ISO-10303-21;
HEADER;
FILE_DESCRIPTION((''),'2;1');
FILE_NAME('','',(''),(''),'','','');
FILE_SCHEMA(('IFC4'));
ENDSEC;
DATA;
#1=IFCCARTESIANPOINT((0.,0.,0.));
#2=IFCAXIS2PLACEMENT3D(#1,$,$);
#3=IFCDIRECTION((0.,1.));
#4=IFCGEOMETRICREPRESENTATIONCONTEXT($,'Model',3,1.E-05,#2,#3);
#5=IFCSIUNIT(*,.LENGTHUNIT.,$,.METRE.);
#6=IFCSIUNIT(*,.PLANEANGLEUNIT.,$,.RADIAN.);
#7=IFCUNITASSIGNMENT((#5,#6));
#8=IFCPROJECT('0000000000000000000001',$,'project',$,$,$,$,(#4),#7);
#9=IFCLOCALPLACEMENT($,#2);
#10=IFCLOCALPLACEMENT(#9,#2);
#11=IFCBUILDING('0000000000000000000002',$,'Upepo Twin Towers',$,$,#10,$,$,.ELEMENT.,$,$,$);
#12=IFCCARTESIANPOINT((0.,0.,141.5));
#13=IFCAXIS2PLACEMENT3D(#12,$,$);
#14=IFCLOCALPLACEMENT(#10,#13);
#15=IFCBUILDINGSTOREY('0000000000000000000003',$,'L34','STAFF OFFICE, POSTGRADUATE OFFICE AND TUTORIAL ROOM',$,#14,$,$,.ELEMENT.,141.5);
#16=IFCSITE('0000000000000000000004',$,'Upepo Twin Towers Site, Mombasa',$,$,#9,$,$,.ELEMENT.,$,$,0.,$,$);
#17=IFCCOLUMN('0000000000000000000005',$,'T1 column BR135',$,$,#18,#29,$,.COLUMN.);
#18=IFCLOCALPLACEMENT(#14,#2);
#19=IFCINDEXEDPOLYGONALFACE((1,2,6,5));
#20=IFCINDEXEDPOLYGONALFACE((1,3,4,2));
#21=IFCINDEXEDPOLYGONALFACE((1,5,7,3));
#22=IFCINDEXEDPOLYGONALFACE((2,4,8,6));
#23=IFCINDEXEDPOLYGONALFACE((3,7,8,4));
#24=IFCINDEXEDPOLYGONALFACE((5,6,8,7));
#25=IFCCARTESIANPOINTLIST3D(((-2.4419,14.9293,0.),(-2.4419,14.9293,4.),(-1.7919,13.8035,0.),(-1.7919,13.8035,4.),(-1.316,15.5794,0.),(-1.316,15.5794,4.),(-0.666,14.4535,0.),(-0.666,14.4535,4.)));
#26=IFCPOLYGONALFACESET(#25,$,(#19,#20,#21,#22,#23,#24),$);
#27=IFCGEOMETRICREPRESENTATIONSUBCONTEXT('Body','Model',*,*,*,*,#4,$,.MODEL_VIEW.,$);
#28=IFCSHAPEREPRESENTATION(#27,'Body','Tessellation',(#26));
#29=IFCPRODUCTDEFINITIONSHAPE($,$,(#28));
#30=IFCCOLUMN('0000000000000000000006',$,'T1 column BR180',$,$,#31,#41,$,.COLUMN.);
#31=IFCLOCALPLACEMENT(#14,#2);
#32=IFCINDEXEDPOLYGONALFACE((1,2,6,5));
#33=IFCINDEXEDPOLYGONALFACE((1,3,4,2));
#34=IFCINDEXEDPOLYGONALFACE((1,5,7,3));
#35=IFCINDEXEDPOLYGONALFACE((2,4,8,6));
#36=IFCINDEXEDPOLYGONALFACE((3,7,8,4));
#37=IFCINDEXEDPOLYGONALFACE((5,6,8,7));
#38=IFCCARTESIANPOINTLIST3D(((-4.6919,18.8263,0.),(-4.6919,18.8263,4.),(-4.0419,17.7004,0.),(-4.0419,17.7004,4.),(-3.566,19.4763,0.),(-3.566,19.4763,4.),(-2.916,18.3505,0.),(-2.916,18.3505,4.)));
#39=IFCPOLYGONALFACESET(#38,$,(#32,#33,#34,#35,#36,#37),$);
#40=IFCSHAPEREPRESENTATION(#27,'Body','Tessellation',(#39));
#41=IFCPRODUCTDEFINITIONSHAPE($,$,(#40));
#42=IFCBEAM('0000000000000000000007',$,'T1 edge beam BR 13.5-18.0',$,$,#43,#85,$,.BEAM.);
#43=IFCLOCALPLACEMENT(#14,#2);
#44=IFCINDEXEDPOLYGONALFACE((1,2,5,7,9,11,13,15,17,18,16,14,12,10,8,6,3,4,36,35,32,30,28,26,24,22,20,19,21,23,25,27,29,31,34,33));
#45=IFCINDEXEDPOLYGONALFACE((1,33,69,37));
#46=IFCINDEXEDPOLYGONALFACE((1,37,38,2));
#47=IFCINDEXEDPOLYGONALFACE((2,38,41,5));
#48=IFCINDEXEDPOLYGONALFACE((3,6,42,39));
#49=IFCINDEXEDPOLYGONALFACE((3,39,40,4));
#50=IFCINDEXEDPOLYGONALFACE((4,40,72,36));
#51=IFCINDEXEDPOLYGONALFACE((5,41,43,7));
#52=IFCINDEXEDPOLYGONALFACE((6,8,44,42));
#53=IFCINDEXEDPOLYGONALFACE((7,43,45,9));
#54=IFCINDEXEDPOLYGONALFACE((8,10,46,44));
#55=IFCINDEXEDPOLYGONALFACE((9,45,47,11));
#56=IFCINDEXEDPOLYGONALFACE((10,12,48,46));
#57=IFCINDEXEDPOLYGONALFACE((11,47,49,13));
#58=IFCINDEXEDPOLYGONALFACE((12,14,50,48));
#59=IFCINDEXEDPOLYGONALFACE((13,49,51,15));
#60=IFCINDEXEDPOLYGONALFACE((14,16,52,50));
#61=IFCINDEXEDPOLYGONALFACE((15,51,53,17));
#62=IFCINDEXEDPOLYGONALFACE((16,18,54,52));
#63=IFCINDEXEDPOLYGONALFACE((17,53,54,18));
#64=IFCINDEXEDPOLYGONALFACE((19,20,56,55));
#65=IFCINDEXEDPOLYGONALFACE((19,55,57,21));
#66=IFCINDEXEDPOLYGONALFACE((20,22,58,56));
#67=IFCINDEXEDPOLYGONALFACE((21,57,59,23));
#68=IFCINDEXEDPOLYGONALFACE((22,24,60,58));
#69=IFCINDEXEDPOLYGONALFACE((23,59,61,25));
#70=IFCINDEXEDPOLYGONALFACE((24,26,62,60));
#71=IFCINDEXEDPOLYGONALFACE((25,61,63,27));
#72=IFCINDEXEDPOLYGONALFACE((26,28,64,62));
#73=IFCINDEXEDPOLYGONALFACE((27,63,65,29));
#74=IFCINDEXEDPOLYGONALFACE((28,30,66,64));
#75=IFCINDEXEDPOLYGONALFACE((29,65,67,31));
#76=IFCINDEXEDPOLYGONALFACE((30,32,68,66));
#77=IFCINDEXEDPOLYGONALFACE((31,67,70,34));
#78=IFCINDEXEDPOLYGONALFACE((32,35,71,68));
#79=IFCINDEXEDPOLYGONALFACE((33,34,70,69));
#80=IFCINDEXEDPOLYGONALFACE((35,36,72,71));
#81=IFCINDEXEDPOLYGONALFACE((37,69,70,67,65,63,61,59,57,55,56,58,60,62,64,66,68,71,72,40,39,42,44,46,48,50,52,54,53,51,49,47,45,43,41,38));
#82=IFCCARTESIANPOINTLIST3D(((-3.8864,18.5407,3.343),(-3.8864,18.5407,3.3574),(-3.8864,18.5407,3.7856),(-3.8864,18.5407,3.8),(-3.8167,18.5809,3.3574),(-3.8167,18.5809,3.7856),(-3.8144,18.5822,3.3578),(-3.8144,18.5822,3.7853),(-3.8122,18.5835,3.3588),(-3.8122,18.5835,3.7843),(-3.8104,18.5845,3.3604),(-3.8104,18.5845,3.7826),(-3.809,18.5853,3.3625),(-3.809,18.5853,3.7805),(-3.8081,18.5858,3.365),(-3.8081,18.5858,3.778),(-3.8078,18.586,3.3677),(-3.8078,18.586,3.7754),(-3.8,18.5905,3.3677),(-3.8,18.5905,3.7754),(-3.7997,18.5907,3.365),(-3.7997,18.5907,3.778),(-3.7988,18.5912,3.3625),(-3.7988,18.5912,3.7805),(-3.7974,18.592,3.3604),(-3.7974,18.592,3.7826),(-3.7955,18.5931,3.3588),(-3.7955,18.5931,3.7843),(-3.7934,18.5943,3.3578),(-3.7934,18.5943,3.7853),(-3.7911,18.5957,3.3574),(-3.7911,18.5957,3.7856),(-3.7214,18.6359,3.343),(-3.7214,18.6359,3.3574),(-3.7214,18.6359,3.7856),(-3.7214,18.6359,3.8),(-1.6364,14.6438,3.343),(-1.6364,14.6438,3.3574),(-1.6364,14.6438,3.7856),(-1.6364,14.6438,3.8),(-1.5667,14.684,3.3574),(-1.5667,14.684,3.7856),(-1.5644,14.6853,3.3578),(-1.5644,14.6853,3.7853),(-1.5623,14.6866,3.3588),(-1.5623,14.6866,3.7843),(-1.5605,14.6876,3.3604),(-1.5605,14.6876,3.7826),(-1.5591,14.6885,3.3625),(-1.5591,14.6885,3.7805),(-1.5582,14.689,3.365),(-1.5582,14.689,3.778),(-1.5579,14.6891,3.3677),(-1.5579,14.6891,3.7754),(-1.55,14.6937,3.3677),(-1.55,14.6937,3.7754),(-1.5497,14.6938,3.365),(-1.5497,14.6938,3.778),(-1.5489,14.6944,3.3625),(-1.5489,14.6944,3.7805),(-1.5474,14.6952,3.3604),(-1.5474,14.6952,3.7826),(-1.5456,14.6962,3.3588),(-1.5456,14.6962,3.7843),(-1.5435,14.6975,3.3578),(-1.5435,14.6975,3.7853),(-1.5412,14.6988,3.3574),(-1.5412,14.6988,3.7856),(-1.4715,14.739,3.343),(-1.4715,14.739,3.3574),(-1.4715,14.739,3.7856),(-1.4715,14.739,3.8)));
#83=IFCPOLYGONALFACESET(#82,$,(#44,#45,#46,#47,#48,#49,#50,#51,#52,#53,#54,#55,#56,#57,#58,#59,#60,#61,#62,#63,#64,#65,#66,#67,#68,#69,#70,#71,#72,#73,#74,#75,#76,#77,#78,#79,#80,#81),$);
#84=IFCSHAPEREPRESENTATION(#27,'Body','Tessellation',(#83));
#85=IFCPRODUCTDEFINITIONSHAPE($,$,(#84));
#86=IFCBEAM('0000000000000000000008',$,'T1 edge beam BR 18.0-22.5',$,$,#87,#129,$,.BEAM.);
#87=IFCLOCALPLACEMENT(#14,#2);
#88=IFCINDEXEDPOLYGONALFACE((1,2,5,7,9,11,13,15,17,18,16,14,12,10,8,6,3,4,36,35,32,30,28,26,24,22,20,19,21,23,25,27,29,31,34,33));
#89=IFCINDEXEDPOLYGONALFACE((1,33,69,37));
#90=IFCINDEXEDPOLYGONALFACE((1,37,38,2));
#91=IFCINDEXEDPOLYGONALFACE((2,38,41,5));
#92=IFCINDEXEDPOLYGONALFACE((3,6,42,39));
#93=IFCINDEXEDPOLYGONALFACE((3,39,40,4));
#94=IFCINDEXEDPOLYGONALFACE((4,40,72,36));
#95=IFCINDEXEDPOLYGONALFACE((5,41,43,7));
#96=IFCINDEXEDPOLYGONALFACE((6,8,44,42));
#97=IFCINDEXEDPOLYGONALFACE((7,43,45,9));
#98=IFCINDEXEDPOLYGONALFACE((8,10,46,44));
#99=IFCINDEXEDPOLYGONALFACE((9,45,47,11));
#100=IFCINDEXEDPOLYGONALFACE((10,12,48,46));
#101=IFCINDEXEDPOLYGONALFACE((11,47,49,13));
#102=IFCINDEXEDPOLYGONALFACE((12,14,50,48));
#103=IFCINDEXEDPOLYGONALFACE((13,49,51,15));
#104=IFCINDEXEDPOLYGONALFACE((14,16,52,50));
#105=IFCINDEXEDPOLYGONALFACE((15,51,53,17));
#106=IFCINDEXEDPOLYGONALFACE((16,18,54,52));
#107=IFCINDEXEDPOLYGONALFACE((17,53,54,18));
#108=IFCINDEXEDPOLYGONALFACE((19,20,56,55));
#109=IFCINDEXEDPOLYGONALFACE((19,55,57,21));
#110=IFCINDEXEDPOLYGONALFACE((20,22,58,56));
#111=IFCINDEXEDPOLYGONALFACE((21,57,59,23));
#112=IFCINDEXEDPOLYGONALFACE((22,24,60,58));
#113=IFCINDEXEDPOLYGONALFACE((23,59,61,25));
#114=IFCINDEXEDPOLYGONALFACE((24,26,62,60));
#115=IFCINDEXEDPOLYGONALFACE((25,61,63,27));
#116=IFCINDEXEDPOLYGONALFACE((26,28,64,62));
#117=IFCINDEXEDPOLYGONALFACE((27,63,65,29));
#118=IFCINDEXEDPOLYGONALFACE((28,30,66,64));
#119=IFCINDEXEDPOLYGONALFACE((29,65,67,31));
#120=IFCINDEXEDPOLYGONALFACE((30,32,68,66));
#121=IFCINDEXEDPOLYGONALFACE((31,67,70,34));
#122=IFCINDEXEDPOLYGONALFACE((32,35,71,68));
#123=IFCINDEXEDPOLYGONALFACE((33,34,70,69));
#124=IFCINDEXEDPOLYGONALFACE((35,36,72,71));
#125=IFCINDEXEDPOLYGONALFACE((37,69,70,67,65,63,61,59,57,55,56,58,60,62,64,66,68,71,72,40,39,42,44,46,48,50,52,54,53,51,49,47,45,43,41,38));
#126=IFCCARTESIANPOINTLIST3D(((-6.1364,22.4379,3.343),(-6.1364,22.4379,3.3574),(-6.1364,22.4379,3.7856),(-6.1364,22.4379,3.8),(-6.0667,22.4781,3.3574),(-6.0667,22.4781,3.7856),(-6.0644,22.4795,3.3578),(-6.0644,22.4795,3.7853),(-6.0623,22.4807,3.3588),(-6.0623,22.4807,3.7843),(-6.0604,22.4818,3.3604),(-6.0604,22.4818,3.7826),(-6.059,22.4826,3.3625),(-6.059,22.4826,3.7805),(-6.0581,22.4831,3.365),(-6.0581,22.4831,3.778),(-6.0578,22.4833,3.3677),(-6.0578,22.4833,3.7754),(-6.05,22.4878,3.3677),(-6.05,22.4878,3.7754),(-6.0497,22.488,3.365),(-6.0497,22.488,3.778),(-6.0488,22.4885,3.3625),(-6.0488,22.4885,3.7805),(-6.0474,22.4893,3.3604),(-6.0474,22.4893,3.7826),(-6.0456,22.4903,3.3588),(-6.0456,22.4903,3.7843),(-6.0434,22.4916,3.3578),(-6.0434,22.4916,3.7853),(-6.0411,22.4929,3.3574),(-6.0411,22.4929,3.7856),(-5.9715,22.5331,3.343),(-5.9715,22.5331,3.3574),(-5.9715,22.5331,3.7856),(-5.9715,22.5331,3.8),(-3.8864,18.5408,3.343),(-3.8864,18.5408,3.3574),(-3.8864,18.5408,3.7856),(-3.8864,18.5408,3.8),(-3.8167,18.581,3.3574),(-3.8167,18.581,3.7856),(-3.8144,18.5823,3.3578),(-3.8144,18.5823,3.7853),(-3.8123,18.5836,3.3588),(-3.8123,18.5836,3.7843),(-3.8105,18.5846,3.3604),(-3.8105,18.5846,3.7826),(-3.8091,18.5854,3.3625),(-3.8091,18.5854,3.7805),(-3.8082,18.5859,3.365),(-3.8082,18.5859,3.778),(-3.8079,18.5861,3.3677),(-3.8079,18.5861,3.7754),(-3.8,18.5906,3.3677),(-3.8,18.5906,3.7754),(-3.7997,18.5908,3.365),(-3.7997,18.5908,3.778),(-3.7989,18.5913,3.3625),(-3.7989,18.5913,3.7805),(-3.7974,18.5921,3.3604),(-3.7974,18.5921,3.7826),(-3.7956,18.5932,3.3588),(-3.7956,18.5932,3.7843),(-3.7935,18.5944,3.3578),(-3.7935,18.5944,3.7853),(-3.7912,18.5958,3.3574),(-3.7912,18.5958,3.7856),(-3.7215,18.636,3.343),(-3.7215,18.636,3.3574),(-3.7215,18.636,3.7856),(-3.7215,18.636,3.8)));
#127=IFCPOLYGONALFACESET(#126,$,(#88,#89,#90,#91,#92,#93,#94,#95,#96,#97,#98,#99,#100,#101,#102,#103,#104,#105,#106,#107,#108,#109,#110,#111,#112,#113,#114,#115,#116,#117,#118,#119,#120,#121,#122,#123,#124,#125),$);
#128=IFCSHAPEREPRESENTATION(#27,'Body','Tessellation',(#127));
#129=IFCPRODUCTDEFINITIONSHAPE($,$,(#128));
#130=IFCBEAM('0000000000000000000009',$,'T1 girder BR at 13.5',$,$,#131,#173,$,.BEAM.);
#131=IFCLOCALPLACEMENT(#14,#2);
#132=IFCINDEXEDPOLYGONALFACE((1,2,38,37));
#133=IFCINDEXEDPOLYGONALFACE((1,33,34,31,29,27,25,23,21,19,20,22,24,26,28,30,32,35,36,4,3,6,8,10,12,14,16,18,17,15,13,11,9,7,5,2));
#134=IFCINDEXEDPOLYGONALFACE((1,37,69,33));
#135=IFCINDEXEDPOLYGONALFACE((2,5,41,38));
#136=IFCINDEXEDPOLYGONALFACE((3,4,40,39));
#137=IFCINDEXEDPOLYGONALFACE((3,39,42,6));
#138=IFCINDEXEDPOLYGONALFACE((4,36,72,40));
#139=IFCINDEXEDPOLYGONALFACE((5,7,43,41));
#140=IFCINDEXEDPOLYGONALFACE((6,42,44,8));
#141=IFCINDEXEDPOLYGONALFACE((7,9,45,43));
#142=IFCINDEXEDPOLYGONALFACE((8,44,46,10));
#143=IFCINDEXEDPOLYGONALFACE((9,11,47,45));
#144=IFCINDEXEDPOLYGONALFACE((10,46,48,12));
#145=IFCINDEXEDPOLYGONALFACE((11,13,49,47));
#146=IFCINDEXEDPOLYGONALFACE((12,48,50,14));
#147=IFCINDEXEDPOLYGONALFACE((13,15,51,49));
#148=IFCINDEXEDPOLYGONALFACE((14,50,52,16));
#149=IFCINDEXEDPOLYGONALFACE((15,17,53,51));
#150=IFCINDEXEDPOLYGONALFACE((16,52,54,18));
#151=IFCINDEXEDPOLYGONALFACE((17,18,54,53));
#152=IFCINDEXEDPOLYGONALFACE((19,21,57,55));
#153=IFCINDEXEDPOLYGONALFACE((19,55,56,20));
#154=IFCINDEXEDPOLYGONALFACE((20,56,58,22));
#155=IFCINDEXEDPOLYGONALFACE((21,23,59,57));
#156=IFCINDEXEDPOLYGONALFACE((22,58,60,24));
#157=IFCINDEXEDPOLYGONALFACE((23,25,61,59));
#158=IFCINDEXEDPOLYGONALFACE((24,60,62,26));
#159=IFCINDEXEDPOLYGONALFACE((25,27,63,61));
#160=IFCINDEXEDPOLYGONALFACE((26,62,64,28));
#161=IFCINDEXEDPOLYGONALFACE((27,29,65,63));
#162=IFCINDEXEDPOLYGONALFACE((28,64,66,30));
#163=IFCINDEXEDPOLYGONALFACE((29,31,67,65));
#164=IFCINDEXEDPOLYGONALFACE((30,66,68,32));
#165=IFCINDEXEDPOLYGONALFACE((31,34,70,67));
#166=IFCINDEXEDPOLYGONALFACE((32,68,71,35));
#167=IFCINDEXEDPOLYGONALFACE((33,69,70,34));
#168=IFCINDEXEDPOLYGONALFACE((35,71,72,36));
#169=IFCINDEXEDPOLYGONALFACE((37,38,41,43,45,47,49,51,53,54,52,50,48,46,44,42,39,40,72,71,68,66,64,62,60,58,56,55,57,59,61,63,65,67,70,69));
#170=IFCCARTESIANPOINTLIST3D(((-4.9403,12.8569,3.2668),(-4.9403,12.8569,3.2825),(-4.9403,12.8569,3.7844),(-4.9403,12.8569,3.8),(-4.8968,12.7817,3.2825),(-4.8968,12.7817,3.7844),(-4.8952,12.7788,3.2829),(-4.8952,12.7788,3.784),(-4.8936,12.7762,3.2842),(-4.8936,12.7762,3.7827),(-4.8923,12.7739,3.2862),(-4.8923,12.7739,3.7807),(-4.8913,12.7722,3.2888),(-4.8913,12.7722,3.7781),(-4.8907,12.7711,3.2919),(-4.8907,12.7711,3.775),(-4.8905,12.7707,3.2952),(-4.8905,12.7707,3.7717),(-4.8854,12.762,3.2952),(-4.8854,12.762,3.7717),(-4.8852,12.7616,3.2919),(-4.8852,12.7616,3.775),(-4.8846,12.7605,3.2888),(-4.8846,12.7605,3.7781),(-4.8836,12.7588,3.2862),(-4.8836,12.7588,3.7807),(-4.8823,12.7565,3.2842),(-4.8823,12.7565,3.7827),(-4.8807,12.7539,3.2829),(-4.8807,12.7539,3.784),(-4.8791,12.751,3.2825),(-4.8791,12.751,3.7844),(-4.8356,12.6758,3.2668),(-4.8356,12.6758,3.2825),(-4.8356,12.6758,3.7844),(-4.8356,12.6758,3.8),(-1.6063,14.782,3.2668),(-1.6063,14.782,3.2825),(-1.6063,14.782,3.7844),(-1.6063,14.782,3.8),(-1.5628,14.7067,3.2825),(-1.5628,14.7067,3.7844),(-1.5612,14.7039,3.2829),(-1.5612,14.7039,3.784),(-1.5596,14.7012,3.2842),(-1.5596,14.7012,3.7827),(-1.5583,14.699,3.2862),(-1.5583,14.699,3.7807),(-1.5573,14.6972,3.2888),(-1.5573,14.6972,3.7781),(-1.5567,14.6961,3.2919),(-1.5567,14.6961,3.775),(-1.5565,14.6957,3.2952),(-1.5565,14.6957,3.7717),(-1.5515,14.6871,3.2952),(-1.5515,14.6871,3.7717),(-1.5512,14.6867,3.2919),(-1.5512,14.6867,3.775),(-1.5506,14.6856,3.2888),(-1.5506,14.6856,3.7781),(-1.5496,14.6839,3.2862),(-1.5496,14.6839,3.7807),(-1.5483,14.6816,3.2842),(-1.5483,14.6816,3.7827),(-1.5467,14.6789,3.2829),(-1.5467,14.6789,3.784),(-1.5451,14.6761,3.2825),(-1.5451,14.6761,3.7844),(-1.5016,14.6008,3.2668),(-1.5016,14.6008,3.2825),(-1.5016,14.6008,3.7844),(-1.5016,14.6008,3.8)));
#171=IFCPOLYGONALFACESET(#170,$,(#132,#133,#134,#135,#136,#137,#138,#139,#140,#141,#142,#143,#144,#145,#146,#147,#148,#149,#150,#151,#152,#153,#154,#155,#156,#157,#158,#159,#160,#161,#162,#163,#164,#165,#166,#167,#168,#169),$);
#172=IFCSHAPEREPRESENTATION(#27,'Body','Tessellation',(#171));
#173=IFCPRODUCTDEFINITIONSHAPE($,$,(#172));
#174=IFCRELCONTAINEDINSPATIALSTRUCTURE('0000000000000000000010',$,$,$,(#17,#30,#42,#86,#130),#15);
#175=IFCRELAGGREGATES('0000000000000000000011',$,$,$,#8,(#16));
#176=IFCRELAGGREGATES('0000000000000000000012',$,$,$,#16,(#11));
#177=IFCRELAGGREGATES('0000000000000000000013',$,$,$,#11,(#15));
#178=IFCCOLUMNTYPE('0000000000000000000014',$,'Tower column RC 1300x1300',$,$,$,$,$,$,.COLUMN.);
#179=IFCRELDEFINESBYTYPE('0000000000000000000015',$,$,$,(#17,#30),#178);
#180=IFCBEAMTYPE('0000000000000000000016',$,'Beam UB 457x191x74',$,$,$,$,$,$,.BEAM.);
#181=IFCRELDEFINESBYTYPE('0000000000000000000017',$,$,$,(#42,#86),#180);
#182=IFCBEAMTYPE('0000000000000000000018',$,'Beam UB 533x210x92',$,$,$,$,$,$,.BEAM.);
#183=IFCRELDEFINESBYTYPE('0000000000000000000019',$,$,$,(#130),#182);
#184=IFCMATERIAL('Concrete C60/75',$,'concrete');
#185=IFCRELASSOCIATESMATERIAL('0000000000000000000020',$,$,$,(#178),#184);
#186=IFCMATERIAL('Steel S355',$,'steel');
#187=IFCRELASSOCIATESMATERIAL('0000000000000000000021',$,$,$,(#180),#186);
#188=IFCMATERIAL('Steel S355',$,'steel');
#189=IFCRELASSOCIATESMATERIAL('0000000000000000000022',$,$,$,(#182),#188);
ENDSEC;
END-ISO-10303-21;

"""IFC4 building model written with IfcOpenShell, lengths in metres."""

from ifc_helpers import new_model, si_unit, direction, frame, origin, origin_2d, place, context, subcontext, project, spatial, rectangle, i_section, extrude, material, material_profile, profile_set, type_object, element, save


model = new_model("IFC4")

# Units and contexts
model_context = context("Model", 3, precision=1e-05, world=origin(), true_north=direction((0.0, 1.0)))
body_context = subcontext(model_context, "Body", "Model", "MODEL_VIEW")
ifc_project = project(units=[si_unit("LENGTHUNIT", "METRE"), si_unit("PLANEANGLEUNIT", "RADIAN")], contexts=[model_context])

# Site, building, storey
site_placement = place(None, origin())
site = spatial("IfcSite", under=ifc_project, at=site_placement, Name="Upepo Twin Towers Site, Mombasa", CompositionType="ELEMENT", RefElevation=0.0)
building_placement = place(site_placement, origin())
building = spatial("IfcBuilding", under=site, at=building_placement, Name="Upepo Twin Towers", CompositionType="ELEMENT")
storey_placement = place(building_placement, frame((0.0, 0.0, 141.5)))
storey = spatial("IfcBuildingStorey", under=building, at=storey_placement, Name="L34", Description="STAFF OFFICE, POSTGRADUATE OFFICE AND TUTORIAL ROOM", CompositionType="ELEMENT", Elevation=141.5)

# Columns
ifc_material_1 = material(Name="Concrete C60/75", Category="concrete")
ifc_material_profile_1 = material_profile(ifc_material_1, rectangle(XDim=1.3, YDim=1.3, at=origin_2d()), Name="RC 1300x1300")
ifc_profile_set_1 = profile_set([ifc_material_profile_1], Name="Concrete C60/75")
column_type = type_object("IfcColumnType", Name="Tower column RC 1300x1300", PredefinedType="COLUMN", material=ifc_profile_set_1)
for number, where, z_axis, x_axis, name in (
    (1, (-1.554, 14.6914, 0.0), (0.0, 0.0, 1.0), (0.866025, 0.5, 0.0), "T1 column BR135"),
    (2, (-3.804, 18.5884, 0.0), (0.0, 0.0, 1.0), (0.866025, 0.5, 0.0), "T1 column BR180"),
):
    element("IfcColumn", number, at=place(storey_placement, frame(where, z_axis=z_axis, x_axis=x_axis)), inside=storey, type_object=column_type, Name=name, PredefinedType="COLUMN", context=body_context, shape_type="SweptSolid", body=[
        extrude(rectangle(XDim=1.3, YDim=1.3, at=origin_2d()), origin(), (0.0, 0.0, 1.0), 4.0),
    ])

# Beams
ifc_material_2 = material(Name="Steel S355", Category="steel")
ifc_material_profile_2 = material_profile(ifc_material_2, i_section(OverallWidth=0.1904, OverallDepth=0.457, WebThickness=0.009, FlangeThickness=0.0144, FilletRadius=0.0103, at=origin_2d()), Name="UB 457x191x74")
ifc_profile_set_2 = profile_set([ifc_material_profile_2], Name="Steel S355")
beam_type_1 = type_object("IfcBeamType", Name="Beam UB 457x191x74", PredefinedType="BEAM", material=ifc_profile_set_2)
beam_1_placement = place(storey_placement, frame((-1.554, 14.6914, 3.5715), z_axis=(-0.500014, 0.866018, 0.0), x_axis=(-0.866018, -0.500014, 0.0)))
element("IfcBeam", 3, at=beam_1_placement, inside=storey, type_object=beam_type_1, Name="T1 edge beam BR 13.5-18.0", PredefinedType="BEAM", context=body_context, shape_type="SweptSolid", body=[
    extrude(i_section(OverallWidth=0.1904, OverallDepth=0.457, WebThickness=0.009, FlangeThickness=0.0144, FilletRadius=0.0103, at=origin_2d()), origin(), (0.0, 0.0, 1.0), 4.4998),
])
beam_2_placement = place(storey_placement, frame((-3.804, 18.5884, 3.5715), z_axis=(-0.49999, 0.866031, 0.0), x_axis=(-0.866031, -0.49999, 0.0)))
element("IfcBeam", 4, at=beam_2_placement, inside=storey, type_object=beam_type_1, Name="T1 edge beam BR 18.0-22.5", PredefinedType="BEAM", context=body_context, shape_type="SweptSolid", body=[
    extrude(i_section(OverallWidth=0.1904, OverallDepth=0.457, WebThickness=0.009, FlangeThickness=0.0144, FilletRadius=0.0103, at=origin_2d()), origin(), (0.0, 0.0, 1.0), 4.5),
])
ifc_material_3 = material(Name="Steel S355", Category="steel")
ifc_material_profile_3 = material_profile(ifc_material_3, i_section(OverallWidth=0.2092, OverallDepth=0.5332, WebThickness=0.01, FlangeThickness=0.0156, FilletRadius=0.0127, at=origin_2d()), Name="UB 533x210x92")
ifc_profile_set_3 = profile_set([ifc_material_profile_3], Name="Steel S355")
beam_type_2 = type_object("IfcBeamType", Name="Beam UB 533x210x92", PredefinedType="BEAM", material=ifc_profile_set_3)
beam_3_placement = place(storey_placement, frame((-1.554, 14.6914, 3.5334), z_axis=(-0.866006, -0.500034, 0.0), x_axis=(0.500034, -0.866006, 0.0)))
element("IfcBeam", 5, at=beam_3_placement, inside=storey, type_object=beam_type_2, Name="T1 girder BR at 13.5", PredefinedType="BEAM", context=body_context, shape_type="SweptSolid", body=[
    extrude(i_section(OverallWidth=0.2092, OverallDepth=0.5332, WebThickness=0.01, FlangeThickness=0.0156, FilletRadius=0.0127, at=origin_2d()), origin(), (0.0, 0.0, 1.0), 3.8499),
])

save(model, "model.ifc")
